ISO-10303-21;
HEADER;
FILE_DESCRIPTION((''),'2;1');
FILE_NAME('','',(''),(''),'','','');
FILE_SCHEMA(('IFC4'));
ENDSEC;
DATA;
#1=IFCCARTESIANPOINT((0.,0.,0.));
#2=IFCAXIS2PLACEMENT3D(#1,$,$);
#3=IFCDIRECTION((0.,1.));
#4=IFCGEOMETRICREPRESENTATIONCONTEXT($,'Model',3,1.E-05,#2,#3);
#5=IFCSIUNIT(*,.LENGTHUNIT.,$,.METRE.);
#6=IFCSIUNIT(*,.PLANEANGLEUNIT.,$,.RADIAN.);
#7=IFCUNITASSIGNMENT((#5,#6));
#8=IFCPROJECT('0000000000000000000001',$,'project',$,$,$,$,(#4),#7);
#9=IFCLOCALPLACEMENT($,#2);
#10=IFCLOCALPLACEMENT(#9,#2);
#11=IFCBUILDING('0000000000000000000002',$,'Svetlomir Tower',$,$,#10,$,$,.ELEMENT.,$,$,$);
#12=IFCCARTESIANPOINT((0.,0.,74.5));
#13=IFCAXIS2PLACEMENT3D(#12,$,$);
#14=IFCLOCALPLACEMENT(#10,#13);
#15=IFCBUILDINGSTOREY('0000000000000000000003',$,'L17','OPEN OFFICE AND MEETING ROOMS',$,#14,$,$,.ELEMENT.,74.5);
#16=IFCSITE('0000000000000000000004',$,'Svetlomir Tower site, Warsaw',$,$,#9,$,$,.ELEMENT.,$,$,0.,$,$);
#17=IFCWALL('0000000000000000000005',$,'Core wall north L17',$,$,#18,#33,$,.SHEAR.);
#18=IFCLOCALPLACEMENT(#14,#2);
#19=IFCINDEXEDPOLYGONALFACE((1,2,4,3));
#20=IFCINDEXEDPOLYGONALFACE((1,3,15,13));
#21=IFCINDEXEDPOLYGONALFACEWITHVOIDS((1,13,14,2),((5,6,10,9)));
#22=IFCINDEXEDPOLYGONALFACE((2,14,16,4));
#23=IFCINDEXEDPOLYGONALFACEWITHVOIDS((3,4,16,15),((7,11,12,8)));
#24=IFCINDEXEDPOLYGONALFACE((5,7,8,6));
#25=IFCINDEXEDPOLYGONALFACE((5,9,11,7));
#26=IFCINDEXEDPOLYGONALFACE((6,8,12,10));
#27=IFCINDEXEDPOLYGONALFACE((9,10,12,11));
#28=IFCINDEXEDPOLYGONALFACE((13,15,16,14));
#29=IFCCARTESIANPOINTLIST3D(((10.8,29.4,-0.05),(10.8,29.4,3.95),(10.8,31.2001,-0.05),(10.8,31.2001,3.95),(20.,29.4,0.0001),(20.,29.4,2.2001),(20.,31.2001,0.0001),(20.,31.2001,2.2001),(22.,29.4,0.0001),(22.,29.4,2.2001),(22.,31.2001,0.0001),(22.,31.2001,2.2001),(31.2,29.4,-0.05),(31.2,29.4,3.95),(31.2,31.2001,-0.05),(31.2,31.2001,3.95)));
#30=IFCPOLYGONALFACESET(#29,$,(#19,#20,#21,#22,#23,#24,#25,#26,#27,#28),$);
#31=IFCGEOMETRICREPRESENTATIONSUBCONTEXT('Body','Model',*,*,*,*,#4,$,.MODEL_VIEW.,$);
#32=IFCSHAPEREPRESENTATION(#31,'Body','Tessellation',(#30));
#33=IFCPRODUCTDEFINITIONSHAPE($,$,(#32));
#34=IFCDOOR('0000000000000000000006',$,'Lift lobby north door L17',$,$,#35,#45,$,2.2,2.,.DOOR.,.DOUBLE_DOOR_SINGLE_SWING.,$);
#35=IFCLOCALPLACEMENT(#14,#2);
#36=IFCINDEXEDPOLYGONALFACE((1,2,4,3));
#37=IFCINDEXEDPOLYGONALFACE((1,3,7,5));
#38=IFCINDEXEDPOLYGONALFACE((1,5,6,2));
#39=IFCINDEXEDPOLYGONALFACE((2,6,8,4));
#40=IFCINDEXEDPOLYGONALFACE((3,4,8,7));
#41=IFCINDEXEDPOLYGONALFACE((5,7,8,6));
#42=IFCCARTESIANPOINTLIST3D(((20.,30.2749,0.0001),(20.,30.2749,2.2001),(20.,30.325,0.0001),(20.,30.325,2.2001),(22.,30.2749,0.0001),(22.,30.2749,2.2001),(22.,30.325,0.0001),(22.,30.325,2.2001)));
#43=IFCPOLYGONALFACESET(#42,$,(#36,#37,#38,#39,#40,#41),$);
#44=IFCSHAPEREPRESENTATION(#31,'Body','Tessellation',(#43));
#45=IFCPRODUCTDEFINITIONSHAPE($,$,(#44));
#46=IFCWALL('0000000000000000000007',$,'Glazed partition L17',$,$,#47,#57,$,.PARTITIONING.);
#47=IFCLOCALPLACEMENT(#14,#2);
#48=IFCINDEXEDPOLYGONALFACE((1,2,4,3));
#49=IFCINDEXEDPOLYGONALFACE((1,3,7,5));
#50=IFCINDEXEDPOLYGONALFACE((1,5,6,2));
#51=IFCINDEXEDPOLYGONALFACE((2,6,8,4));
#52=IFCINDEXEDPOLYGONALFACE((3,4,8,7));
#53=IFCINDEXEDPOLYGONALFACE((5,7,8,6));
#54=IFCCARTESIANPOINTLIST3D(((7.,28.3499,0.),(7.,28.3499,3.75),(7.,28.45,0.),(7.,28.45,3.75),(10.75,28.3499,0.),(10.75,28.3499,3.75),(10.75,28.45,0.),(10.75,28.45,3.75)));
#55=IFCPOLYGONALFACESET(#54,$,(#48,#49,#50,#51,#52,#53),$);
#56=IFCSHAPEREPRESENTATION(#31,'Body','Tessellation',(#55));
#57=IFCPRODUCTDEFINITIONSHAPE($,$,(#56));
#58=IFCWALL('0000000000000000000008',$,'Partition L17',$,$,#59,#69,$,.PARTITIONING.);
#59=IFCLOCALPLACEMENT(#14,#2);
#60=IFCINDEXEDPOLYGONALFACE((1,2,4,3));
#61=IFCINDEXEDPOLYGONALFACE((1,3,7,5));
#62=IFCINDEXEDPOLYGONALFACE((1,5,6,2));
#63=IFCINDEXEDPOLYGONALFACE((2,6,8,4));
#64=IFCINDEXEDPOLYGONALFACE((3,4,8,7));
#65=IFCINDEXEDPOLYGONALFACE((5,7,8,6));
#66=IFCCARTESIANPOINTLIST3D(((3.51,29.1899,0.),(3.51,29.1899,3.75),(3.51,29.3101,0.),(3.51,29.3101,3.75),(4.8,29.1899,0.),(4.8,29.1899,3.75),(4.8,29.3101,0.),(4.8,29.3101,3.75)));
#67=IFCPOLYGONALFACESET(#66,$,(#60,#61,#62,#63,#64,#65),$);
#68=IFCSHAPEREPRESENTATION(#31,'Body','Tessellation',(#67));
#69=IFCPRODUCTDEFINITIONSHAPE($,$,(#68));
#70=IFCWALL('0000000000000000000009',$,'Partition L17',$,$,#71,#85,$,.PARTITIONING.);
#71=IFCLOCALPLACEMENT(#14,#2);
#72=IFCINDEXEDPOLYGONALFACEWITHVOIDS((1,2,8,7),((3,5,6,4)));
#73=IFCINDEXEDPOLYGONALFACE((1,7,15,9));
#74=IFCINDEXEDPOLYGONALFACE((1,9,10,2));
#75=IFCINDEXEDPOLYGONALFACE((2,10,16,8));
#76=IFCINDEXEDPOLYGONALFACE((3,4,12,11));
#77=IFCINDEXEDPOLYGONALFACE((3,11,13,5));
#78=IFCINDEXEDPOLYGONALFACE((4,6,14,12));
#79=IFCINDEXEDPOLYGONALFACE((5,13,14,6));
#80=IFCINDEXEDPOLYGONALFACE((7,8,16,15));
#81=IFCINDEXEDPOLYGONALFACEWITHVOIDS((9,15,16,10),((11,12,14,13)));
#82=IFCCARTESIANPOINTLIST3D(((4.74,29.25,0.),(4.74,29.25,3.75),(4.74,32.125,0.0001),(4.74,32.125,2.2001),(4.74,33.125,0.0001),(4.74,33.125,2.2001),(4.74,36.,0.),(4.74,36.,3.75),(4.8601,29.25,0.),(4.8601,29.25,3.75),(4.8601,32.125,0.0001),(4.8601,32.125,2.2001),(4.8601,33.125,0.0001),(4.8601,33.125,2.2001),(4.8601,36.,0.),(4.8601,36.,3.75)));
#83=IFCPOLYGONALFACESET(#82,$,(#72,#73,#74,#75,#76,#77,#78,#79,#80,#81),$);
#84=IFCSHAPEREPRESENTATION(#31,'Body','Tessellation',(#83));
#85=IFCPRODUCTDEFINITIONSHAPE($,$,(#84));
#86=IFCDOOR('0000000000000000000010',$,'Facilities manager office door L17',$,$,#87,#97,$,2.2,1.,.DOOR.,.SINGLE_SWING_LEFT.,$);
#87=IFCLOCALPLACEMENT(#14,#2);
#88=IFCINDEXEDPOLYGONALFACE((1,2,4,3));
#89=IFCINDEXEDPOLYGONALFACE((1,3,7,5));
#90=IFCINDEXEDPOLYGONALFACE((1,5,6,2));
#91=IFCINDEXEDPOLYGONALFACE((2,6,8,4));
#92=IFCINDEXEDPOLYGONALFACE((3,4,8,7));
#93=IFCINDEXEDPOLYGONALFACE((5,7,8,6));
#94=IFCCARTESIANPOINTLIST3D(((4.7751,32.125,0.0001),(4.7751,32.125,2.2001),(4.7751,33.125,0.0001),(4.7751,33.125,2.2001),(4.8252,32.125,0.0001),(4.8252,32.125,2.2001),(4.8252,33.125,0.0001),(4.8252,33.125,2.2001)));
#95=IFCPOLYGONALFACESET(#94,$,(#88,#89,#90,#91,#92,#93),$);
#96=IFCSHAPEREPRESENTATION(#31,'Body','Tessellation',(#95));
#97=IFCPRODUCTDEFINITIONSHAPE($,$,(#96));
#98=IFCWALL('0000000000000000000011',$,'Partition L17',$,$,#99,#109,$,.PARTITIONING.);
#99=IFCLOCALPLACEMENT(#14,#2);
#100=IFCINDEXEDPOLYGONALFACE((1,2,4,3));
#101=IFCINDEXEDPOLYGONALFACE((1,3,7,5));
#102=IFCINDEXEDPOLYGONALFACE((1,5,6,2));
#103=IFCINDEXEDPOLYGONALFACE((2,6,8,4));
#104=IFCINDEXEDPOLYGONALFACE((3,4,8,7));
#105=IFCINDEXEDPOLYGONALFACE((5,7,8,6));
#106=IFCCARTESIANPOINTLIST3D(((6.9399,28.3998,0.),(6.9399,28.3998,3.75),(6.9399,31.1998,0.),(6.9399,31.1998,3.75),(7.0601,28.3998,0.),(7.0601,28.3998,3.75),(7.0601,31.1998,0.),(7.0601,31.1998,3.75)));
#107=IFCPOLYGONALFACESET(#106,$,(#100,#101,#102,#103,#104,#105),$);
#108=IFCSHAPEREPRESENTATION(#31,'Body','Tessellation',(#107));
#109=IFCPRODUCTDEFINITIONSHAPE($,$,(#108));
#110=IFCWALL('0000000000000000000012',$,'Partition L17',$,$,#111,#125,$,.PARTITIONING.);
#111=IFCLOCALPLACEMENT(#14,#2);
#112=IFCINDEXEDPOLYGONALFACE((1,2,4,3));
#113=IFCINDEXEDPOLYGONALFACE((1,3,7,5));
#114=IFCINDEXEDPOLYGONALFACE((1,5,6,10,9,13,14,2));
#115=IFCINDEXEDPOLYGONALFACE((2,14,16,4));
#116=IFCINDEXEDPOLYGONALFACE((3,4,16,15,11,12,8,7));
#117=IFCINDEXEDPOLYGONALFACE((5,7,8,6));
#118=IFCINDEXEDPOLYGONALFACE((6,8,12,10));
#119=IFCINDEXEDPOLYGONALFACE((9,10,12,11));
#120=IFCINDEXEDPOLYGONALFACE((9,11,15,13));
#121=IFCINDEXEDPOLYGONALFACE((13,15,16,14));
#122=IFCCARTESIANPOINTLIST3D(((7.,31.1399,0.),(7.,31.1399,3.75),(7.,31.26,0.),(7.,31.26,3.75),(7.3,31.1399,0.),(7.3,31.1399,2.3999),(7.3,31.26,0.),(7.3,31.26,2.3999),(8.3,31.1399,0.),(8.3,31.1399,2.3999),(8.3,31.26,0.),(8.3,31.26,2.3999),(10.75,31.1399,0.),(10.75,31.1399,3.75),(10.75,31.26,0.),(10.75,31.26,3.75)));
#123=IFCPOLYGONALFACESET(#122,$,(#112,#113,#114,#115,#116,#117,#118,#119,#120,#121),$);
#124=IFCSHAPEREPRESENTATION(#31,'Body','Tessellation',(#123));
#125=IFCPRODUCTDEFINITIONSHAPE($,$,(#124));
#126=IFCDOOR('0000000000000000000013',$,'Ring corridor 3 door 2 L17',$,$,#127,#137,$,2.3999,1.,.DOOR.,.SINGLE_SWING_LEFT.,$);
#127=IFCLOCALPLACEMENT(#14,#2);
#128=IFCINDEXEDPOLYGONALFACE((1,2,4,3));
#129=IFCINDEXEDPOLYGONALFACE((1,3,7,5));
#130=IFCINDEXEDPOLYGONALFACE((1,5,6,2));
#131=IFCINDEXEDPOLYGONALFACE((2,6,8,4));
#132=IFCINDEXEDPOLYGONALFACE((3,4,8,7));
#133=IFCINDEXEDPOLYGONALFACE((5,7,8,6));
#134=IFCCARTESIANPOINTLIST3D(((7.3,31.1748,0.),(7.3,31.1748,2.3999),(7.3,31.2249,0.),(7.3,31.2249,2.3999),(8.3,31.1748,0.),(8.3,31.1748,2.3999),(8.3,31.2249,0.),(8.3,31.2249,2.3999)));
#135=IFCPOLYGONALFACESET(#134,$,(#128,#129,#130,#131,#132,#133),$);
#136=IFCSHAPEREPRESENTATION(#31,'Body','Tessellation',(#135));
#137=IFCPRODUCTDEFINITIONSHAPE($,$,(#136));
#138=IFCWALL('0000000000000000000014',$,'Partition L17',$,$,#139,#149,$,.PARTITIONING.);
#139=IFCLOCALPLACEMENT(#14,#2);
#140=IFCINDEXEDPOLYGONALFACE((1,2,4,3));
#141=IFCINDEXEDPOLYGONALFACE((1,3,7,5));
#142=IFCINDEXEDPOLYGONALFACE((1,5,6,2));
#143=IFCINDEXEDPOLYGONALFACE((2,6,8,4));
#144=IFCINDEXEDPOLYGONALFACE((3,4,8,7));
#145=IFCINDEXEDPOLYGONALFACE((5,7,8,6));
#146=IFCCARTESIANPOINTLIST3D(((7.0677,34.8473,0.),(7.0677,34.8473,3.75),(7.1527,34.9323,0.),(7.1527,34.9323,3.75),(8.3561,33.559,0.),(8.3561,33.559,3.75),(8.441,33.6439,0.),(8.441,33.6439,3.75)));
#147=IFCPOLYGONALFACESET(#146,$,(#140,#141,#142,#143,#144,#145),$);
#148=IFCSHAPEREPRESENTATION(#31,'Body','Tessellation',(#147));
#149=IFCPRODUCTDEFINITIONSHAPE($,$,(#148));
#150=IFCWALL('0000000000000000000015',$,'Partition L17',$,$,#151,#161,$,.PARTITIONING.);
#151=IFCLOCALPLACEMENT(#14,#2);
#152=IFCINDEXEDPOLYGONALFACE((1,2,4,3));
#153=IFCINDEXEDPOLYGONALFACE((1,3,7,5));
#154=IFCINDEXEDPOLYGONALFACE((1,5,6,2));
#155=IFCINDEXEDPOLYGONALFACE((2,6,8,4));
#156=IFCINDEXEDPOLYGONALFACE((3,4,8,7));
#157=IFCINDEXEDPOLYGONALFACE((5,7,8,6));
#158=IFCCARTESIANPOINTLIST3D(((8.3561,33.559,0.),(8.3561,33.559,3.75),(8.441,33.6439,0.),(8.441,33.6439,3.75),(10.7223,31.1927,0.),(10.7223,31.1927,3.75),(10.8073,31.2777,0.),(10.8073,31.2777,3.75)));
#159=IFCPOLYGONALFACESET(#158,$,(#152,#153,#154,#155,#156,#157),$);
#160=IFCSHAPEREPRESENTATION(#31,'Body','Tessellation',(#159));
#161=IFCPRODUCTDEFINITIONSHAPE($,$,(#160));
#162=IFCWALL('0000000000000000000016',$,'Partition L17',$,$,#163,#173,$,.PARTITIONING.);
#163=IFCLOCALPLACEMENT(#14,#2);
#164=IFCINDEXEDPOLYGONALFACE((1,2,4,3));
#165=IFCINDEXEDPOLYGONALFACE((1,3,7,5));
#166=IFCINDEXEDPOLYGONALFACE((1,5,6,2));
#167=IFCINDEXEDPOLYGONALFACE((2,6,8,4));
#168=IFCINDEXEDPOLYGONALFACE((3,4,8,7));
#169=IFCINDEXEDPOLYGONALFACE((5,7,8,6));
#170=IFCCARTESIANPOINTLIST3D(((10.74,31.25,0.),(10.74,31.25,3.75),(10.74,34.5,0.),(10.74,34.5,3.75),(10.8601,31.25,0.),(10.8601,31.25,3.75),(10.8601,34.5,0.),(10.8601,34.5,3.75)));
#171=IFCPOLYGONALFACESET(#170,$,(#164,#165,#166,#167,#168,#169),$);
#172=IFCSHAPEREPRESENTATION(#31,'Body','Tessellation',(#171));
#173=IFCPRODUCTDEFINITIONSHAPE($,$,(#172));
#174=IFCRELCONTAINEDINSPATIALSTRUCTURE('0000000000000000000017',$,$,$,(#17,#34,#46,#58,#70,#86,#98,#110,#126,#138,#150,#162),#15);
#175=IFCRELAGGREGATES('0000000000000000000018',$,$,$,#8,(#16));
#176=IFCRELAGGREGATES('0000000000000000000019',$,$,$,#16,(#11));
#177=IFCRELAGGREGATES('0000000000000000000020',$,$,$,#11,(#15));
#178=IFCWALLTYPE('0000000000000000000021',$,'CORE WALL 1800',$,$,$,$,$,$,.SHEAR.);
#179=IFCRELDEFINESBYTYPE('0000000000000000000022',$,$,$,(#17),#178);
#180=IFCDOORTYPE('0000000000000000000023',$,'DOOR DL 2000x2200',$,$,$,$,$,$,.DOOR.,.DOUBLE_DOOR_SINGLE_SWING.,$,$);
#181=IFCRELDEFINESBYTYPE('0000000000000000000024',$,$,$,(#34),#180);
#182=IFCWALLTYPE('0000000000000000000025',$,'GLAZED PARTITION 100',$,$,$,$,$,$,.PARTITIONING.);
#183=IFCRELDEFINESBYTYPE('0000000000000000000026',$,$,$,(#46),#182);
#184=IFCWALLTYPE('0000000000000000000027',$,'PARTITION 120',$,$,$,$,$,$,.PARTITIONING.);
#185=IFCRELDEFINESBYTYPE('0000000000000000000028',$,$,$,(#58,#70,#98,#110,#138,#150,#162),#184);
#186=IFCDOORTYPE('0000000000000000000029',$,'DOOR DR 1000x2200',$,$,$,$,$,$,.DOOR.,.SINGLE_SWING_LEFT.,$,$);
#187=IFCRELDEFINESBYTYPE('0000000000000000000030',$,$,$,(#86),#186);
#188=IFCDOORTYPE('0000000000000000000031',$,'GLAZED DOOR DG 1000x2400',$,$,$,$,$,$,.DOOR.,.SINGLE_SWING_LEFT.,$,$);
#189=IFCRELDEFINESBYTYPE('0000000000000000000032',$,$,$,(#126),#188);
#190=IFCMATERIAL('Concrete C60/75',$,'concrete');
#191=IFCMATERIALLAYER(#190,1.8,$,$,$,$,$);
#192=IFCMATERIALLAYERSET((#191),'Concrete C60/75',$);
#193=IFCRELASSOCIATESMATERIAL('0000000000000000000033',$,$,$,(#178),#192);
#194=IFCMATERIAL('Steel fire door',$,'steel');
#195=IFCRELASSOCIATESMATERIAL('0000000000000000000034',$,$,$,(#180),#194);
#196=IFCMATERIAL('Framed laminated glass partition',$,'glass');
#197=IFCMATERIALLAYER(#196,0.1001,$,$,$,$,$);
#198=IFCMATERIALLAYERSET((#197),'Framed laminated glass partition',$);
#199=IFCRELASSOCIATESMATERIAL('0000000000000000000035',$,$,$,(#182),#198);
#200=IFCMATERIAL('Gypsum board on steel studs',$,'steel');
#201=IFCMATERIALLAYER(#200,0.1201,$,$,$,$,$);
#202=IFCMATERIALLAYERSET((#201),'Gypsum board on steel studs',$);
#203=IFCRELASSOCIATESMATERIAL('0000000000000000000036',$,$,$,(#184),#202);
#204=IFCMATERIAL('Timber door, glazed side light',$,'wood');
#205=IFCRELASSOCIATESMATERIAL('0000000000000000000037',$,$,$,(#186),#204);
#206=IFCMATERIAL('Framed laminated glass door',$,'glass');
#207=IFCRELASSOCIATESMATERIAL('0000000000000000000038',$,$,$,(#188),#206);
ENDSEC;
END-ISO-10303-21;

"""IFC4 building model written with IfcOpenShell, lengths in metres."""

from ifc_helpers import new_model, si_unit, direction, frame, frame_2d, origin, place, context, subcontext, project, spatial, rectangle, extrude, material, layer, layer_set, type_object, element, fill, save


model = new_model("IFC4")

# Units and contexts
model_context = context("Model", 3, precision=1e-05, world=origin(), true_north=direction((0.0, 1.0)))
body_context = subcontext(model_context, "Body", "Model", "MODEL_VIEW")
ifc_project = project(units=[si_unit("LENGTHUNIT", "METRE"), si_unit("PLANEANGLEUNIT", "RADIAN")], contexts=[model_context])

# Site, building, storey
site_placement = place(None, origin())
site = spatial("IfcSite", under=ifc_project, at=site_placement, Name="Svetlomir Tower site, Warsaw", CompositionType="ELEMENT", RefElevation=0.0)
building_placement = place(site_placement, origin())
building = spatial("IfcBuilding", under=site, at=building_placement, Name="Svetlomir Tower", CompositionType="ELEMENT")
storey_placement = place(building_placement, frame((0.0, 0.0, 74.5)))
storey = spatial("IfcBuildingStorey", under=building, at=storey_placement, Name="L17", Description="OPEN OFFICE AND MEETING ROOMS", CompositionType="ELEMENT", Elevation=74.5)

# Wall, opening, door
ifc_material_1 = material(Name="Concrete C60/75", Category="concrete")
ifc_layer_1 = layer(ifc_material_1, 1.8)
ifc_layer_set_1 = layer_set([ifc_layer_1], Name="Concrete C60/75")
wall_type_1 = type_object("IfcWallType", Name="CORE WALL 1800", PredefinedType="SHEAR", material=ifc_layer_set_1)
wall_1_placement = place(storey_placement, frame((10.8, 30.3, -0.05), z_axis=(0.0, 0.0, 1.0), x_axis=(1.0, 0.0, 0.0)))
wall_1 = element("IfcWall", 1, at=wall_1_placement, inside=storey, type_object=wall_type_1, Name="Core wall north L17", PredefinedType="SHEAR", context=body_context, shape_type="SweptSolid", body=[
    extrude(rectangle(XDim=20.3999, YDim=1.8, at=frame_2d((10.2, 0.0))), origin(), (0.0, 0.0, 1.0), 4.0),
])
opening_1_placement = place(wall_1_placement, frame((9.2, 0.0, 0.05)))
opening_1 = element("IfcOpeningElement", 2, at=opening_1_placement, cuts=wall_1, PredefinedType="OPENING", context=body_context, shape_type="SweptSolid", body=[
    extrude(rectangle(XDim=2.0, YDim=2.2, at=frame_2d((1.0, 1.1001))), frame((0.0, 0.9102, 0.0), z_axis=(0.0, -1.0, 0.0), x_axis=(1.0, 0.0, 0.0)), (0.0, 0.0, 1.0), 1.8201),
])
ifc_material_2 = material(Name="Steel fire door", Category="steel")
door_type_1 = type_object("IfcDoorType", Name="DOOR DL 2000x2200", OperationType="DOUBLE_DOOR_SINGLE_SWING", PredefinedType="DOOR", material=ifc_material_2)
door_1_placement = place(opening_1_placement, origin())
door_1 = element("IfcDoor", 3, at=door_1_placement, inside=storey, type_object=door_type_1, Name="Lift lobby north door L17", OperationType="DOUBLE_DOOR_SINGLE_SWING", OverallHeight=2.2, OverallWidth=2.0, PredefinedType="DOOR", context=body_context, shape_type="SweptSolid", body=[
    extrude(rectangle(XDim=2.0, YDim=2.2, at=frame_2d((1.0, 1.1001))), frame((0.0, 0.0249, 0.0), z_axis=(0.0, -1.0, 0.0), x_axis=(1.0, 0.0, 0.0)), (0.0, 0.0, 1.0), 0.05),
])
fill(opening_1, door_1)

# Walls
ifc_material_3 = material(Name="Framed laminated glass partition", Category="glass")
ifc_layer_2 = layer(ifc_material_3, 0.1001)
ifc_layer_set_2 = layer_set([ifc_layer_2], Name="Framed laminated glass partition")
wall_type_2 = type_object("IfcWallType", Name="GLAZED PARTITION 100", PredefinedType="PARTITIONING", material=ifc_layer_set_2)
wall_2_placement = place(storey_placement, frame((7.0, 28.3999, 0.0), z_axis=(0.0, 0.0, 1.0), x_axis=(1.0, 0.0, 0.0)))
element("IfcWall", 4, at=wall_2_placement, inside=storey, type_object=wall_type_2, Name="Glazed partition L17", PredefinedType="PARTITIONING", context=body_context, shape_type="SweptSolid", body=[
    extrude(rectangle(XDim=3.75, YDim=0.1001, at=frame_2d((1.875, 0.0))), origin(), (0.0, 0.0, 1.0), 3.75),
])
ifc_material_4 = material(Name="Gypsum board on steel studs", Category="steel")
ifc_layer_3 = layer(ifc_material_4, 0.1201)
ifc_layer_set_3 = layer_set([ifc_layer_3], Name="Gypsum board on steel studs")
wall_type_3 = type_object("IfcWallType", Name="PARTITION 120", PredefinedType="PARTITIONING", material=ifc_layer_set_3)
wall_3_placement = place(storey_placement, frame((3.51, 29.25, 0.0), z_axis=(0.0, 0.0, 1.0), x_axis=(1.0, 0.0, 0.0)))
element("IfcWall", 5, at=wall_3_placement, inside=storey, type_object=wall_type_3, Name="Partition L17", PredefinedType="PARTITIONING", context=body_context, shape_type="SweptSolid", body=[
    extrude(rectangle(XDim=1.29, YDim=0.1201, at=frame_2d((0.645, 0.0))), origin(), (0.0, 0.0, 1.0), 3.75),
])

# Wall, opening, door
wall_4_placement = place(storey_placement, frame((4.8, 29.25, 0.0), z_axis=(0.0, 0.0, 1.0), x_axis=(0.0, 1.0, 0.0)))
wall_4 = element("IfcWall", 6, at=wall_4_placement, inside=storey, type_object=wall_type_3, Name="Partition L17", PredefinedType="PARTITIONING", context=body_context, shape_type="SweptSolid", body=[
    extrude(rectangle(XDim=6.75, YDim=0.1201, at=frame_2d((3.375, 0.0))), origin(), (0.0, 0.0, 1.0), 3.75),
])
opening_2_placement = place(wall_4_placement, frame((2.875, 0.0, 0.0)))
opening_2 = element("IfcOpeningElement", 7, at=opening_2_placement, cuts=wall_4, PredefinedType="OPENING", context=body_context, shape_type="SweptSolid", body=[
    extrude(rectangle(XDim=1.0, YDim=2.2, at=frame_2d((0.5, 1.1001))), frame((0.0, 0.0701, 0.0), z_axis=(0.0, -1.0, 0.0), x_axis=(1.0, 0.0, 0.0)), (0.0, 0.0, 1.0), 0.1401),
])
ifc_material_5 = material(Name="Timber door, glazed side light", Category="wood")
door_type_2 = type_object("IfcDoorType", Name="DOOR DR 1000x2200", OperationType="SINGLE_SWING_LEFT", PredefinedType="DOOR", material=ifc_material_5)
door_2_placement = place(opening_2_placement, origin())
door_2 = element("IfcDoor", 8, at=door_2_placement, inside=storey, type_object=door_type_2, Name="Facilities manager office door L17", OperationType="SINGLE_SWING_LEFT", OverallHeight=2.2, OverallWidth=1.0, PredefinedType="DOOR", context=body_context, shape_type="SweptSolid", body=[
    extrude(rectangle(XDim=1.0, YDim=2.2, at=frame_2d((0.5, 1.1001))), frame((0.0, 0.0249, 0.0), z_axis=(0.0, -1.0, 0.0), x_axis=(1.0, 0.0, 0.0)), (0.0, 0.0, 1.0), 0.05),
])
fill(opening_2, door_2)

# Wall
wall_5_placement = place(storey_placement, frame((7.0, 28.3999, 0.0), z_axis=(0.0, 0.0, 1.0), x_axis=(0.0, 1.0, 0.0)))
element("IfcWall", 9, at=wall_5_placement, inside=storey, type_object=wall_type_3, Name="Partition L17", PredefinedType="PARTITIONING", context=body_context, shape_type="SweptSolid", body=[
    extrude(rectangle(XDim=2.8, YDim=0.1201, at=frame_2d((1.3999, 0.0))), origin(), (0.0, 0.0, 1.0), 3.75),
])

# Wall, opening, door
wall_6_placement = place(storey_placement, frame((7.0, 31.2, 0.0), z_axis=(0.0, 0.0, 1.0), x_axis=(1.0, 0.0, 0.0)))
wall_6 = element("IfcWall", 10, at=wall_6_placement, inside=storey, type_object=wall_type_3, Name="Partition L17", PredefinedType="PARTITIONING", context=body_context, shape_type="SweptSolid", body=[
    extrude(rectangle(XDim=3.75, YDim=0.1201, at=frame_2d((1.875, 0.0))), origin(), (0.0, 0.0, 1.0), 3.75),
])
opening_3_placement = place(wall_6_placement, frame((0.3, 0.0, 0.0)))
opening_3 = element("IfcOpeningElement", 11, at=opening_3_placement, cuts=wall_6, PredefinedType="OPENING", context=body_context, shape_type="SweptSolid", body=[
    extrude(rectangle(XDim=1.0, YDim=2.3999, at=frame_2d((0.5, 1.2))), frame((0.0, 0.0701, 0.0), z_axis=(0.0, -1.0, 0.0), x_axis=(1.0, 0.0, 0.0)), (0.0, 0.0, 1.0), 0.1401),
])
ifc_material_6 = material(Name="Framed laminated glass door", Category="glass")
door_type_3 = type_object("IfcDoorType", Name="GLAZED DOOR DG 1000x2400", OperationType="SINGLE_SWING_LEFT", PredefinedType="DOOR", material=ifc_material_6)
door_3_placement = place(opening_3_placement, origin())
door_3 = element("IfcDoor", 12, at=door_3_placement, inside=storey, type_object=door_type_3, Name="Ring corridor 3 door 2 L17", OperationType="SINGLE_SWING_LEFT", OverallHeight=2.3999, OverallWidth=1.0, PredefinedType="DOOR", context=body_context, shape_type="SweptSolid", body=[
    extrude(rectangle(XDim=1.0, YDim=2.3999, at=frame_2d((0.5, 1.2))), frame((0.0, 0.0249, 0.0), z_axis=(0.0, -1.0, 0.0), x_axis=(1.0, 0.0, 0.0)), (0.0, 0.0, 1.0), 0.05),
])
fill(opening_3, door_3)

# Walls
wall_7_placement = place(storey_placement, frame((7.1101, 34.8899, 0.0), z_axis=(0.0, 0.0, 1.0), x_axis=(0.707107, -0.707107, 0.0)))
element("IfcWall", 13, at=wall_7_placement, inside=storey, type_object=wall_type_3, Name="Partition L17", PredefinedType="PARTITIONING", context=body_context, shape_type="SweptSolid", body=[
    extrude(rectangle(XDim=1.822, YDim=0.1201, at=frame_2d((0.9111, 0.0))), origin(), (0.0, 0.0, 1.0), 3.75),
])
wall_8_placement = place(storey_placement, frame((8.3984, 33.6016, 0.0), z_axis=(0.0, 0.0, 1.0), x_axis=(0.707107, -0.707107, 0.0)))
element("IfcWall", 14, at=wall_8_placement, inside=storey, type_object=wall_type_3, Name="Partition L17", PredefinedType="PARTITIONING", context=body_context, shape_type="SweptSolid", body=[
    extrude(rectangle(XDim=3.3464, YDim=0.1201, at=frame_2d((1.6733, 0.0))), origin(), (0.0, 0.0, 1.0), 3.75),
])
wall_9_placement = place(storey_placement, frame((10.8, 31.25, 0.0), z_axis=(0.0, 0.0, 1.0), x_axis=(0.0, 1.0, 0.0)))
element("IfcWall", 15, at=wall_9_placement, inside=storey, type_object=wall_type_3, Name="Partition L17", PredefinedType="PARTITIONING", context=body_context, shape_type="SweptSolid", body=[
    extrude(rectangle(XDim=3.25, YDim=0.1201, at=frame_2d((1.625, 0.0))), origin(), (0.0, 0.0, 1.0), 3.75),
])

save(model, "model.ifc")
